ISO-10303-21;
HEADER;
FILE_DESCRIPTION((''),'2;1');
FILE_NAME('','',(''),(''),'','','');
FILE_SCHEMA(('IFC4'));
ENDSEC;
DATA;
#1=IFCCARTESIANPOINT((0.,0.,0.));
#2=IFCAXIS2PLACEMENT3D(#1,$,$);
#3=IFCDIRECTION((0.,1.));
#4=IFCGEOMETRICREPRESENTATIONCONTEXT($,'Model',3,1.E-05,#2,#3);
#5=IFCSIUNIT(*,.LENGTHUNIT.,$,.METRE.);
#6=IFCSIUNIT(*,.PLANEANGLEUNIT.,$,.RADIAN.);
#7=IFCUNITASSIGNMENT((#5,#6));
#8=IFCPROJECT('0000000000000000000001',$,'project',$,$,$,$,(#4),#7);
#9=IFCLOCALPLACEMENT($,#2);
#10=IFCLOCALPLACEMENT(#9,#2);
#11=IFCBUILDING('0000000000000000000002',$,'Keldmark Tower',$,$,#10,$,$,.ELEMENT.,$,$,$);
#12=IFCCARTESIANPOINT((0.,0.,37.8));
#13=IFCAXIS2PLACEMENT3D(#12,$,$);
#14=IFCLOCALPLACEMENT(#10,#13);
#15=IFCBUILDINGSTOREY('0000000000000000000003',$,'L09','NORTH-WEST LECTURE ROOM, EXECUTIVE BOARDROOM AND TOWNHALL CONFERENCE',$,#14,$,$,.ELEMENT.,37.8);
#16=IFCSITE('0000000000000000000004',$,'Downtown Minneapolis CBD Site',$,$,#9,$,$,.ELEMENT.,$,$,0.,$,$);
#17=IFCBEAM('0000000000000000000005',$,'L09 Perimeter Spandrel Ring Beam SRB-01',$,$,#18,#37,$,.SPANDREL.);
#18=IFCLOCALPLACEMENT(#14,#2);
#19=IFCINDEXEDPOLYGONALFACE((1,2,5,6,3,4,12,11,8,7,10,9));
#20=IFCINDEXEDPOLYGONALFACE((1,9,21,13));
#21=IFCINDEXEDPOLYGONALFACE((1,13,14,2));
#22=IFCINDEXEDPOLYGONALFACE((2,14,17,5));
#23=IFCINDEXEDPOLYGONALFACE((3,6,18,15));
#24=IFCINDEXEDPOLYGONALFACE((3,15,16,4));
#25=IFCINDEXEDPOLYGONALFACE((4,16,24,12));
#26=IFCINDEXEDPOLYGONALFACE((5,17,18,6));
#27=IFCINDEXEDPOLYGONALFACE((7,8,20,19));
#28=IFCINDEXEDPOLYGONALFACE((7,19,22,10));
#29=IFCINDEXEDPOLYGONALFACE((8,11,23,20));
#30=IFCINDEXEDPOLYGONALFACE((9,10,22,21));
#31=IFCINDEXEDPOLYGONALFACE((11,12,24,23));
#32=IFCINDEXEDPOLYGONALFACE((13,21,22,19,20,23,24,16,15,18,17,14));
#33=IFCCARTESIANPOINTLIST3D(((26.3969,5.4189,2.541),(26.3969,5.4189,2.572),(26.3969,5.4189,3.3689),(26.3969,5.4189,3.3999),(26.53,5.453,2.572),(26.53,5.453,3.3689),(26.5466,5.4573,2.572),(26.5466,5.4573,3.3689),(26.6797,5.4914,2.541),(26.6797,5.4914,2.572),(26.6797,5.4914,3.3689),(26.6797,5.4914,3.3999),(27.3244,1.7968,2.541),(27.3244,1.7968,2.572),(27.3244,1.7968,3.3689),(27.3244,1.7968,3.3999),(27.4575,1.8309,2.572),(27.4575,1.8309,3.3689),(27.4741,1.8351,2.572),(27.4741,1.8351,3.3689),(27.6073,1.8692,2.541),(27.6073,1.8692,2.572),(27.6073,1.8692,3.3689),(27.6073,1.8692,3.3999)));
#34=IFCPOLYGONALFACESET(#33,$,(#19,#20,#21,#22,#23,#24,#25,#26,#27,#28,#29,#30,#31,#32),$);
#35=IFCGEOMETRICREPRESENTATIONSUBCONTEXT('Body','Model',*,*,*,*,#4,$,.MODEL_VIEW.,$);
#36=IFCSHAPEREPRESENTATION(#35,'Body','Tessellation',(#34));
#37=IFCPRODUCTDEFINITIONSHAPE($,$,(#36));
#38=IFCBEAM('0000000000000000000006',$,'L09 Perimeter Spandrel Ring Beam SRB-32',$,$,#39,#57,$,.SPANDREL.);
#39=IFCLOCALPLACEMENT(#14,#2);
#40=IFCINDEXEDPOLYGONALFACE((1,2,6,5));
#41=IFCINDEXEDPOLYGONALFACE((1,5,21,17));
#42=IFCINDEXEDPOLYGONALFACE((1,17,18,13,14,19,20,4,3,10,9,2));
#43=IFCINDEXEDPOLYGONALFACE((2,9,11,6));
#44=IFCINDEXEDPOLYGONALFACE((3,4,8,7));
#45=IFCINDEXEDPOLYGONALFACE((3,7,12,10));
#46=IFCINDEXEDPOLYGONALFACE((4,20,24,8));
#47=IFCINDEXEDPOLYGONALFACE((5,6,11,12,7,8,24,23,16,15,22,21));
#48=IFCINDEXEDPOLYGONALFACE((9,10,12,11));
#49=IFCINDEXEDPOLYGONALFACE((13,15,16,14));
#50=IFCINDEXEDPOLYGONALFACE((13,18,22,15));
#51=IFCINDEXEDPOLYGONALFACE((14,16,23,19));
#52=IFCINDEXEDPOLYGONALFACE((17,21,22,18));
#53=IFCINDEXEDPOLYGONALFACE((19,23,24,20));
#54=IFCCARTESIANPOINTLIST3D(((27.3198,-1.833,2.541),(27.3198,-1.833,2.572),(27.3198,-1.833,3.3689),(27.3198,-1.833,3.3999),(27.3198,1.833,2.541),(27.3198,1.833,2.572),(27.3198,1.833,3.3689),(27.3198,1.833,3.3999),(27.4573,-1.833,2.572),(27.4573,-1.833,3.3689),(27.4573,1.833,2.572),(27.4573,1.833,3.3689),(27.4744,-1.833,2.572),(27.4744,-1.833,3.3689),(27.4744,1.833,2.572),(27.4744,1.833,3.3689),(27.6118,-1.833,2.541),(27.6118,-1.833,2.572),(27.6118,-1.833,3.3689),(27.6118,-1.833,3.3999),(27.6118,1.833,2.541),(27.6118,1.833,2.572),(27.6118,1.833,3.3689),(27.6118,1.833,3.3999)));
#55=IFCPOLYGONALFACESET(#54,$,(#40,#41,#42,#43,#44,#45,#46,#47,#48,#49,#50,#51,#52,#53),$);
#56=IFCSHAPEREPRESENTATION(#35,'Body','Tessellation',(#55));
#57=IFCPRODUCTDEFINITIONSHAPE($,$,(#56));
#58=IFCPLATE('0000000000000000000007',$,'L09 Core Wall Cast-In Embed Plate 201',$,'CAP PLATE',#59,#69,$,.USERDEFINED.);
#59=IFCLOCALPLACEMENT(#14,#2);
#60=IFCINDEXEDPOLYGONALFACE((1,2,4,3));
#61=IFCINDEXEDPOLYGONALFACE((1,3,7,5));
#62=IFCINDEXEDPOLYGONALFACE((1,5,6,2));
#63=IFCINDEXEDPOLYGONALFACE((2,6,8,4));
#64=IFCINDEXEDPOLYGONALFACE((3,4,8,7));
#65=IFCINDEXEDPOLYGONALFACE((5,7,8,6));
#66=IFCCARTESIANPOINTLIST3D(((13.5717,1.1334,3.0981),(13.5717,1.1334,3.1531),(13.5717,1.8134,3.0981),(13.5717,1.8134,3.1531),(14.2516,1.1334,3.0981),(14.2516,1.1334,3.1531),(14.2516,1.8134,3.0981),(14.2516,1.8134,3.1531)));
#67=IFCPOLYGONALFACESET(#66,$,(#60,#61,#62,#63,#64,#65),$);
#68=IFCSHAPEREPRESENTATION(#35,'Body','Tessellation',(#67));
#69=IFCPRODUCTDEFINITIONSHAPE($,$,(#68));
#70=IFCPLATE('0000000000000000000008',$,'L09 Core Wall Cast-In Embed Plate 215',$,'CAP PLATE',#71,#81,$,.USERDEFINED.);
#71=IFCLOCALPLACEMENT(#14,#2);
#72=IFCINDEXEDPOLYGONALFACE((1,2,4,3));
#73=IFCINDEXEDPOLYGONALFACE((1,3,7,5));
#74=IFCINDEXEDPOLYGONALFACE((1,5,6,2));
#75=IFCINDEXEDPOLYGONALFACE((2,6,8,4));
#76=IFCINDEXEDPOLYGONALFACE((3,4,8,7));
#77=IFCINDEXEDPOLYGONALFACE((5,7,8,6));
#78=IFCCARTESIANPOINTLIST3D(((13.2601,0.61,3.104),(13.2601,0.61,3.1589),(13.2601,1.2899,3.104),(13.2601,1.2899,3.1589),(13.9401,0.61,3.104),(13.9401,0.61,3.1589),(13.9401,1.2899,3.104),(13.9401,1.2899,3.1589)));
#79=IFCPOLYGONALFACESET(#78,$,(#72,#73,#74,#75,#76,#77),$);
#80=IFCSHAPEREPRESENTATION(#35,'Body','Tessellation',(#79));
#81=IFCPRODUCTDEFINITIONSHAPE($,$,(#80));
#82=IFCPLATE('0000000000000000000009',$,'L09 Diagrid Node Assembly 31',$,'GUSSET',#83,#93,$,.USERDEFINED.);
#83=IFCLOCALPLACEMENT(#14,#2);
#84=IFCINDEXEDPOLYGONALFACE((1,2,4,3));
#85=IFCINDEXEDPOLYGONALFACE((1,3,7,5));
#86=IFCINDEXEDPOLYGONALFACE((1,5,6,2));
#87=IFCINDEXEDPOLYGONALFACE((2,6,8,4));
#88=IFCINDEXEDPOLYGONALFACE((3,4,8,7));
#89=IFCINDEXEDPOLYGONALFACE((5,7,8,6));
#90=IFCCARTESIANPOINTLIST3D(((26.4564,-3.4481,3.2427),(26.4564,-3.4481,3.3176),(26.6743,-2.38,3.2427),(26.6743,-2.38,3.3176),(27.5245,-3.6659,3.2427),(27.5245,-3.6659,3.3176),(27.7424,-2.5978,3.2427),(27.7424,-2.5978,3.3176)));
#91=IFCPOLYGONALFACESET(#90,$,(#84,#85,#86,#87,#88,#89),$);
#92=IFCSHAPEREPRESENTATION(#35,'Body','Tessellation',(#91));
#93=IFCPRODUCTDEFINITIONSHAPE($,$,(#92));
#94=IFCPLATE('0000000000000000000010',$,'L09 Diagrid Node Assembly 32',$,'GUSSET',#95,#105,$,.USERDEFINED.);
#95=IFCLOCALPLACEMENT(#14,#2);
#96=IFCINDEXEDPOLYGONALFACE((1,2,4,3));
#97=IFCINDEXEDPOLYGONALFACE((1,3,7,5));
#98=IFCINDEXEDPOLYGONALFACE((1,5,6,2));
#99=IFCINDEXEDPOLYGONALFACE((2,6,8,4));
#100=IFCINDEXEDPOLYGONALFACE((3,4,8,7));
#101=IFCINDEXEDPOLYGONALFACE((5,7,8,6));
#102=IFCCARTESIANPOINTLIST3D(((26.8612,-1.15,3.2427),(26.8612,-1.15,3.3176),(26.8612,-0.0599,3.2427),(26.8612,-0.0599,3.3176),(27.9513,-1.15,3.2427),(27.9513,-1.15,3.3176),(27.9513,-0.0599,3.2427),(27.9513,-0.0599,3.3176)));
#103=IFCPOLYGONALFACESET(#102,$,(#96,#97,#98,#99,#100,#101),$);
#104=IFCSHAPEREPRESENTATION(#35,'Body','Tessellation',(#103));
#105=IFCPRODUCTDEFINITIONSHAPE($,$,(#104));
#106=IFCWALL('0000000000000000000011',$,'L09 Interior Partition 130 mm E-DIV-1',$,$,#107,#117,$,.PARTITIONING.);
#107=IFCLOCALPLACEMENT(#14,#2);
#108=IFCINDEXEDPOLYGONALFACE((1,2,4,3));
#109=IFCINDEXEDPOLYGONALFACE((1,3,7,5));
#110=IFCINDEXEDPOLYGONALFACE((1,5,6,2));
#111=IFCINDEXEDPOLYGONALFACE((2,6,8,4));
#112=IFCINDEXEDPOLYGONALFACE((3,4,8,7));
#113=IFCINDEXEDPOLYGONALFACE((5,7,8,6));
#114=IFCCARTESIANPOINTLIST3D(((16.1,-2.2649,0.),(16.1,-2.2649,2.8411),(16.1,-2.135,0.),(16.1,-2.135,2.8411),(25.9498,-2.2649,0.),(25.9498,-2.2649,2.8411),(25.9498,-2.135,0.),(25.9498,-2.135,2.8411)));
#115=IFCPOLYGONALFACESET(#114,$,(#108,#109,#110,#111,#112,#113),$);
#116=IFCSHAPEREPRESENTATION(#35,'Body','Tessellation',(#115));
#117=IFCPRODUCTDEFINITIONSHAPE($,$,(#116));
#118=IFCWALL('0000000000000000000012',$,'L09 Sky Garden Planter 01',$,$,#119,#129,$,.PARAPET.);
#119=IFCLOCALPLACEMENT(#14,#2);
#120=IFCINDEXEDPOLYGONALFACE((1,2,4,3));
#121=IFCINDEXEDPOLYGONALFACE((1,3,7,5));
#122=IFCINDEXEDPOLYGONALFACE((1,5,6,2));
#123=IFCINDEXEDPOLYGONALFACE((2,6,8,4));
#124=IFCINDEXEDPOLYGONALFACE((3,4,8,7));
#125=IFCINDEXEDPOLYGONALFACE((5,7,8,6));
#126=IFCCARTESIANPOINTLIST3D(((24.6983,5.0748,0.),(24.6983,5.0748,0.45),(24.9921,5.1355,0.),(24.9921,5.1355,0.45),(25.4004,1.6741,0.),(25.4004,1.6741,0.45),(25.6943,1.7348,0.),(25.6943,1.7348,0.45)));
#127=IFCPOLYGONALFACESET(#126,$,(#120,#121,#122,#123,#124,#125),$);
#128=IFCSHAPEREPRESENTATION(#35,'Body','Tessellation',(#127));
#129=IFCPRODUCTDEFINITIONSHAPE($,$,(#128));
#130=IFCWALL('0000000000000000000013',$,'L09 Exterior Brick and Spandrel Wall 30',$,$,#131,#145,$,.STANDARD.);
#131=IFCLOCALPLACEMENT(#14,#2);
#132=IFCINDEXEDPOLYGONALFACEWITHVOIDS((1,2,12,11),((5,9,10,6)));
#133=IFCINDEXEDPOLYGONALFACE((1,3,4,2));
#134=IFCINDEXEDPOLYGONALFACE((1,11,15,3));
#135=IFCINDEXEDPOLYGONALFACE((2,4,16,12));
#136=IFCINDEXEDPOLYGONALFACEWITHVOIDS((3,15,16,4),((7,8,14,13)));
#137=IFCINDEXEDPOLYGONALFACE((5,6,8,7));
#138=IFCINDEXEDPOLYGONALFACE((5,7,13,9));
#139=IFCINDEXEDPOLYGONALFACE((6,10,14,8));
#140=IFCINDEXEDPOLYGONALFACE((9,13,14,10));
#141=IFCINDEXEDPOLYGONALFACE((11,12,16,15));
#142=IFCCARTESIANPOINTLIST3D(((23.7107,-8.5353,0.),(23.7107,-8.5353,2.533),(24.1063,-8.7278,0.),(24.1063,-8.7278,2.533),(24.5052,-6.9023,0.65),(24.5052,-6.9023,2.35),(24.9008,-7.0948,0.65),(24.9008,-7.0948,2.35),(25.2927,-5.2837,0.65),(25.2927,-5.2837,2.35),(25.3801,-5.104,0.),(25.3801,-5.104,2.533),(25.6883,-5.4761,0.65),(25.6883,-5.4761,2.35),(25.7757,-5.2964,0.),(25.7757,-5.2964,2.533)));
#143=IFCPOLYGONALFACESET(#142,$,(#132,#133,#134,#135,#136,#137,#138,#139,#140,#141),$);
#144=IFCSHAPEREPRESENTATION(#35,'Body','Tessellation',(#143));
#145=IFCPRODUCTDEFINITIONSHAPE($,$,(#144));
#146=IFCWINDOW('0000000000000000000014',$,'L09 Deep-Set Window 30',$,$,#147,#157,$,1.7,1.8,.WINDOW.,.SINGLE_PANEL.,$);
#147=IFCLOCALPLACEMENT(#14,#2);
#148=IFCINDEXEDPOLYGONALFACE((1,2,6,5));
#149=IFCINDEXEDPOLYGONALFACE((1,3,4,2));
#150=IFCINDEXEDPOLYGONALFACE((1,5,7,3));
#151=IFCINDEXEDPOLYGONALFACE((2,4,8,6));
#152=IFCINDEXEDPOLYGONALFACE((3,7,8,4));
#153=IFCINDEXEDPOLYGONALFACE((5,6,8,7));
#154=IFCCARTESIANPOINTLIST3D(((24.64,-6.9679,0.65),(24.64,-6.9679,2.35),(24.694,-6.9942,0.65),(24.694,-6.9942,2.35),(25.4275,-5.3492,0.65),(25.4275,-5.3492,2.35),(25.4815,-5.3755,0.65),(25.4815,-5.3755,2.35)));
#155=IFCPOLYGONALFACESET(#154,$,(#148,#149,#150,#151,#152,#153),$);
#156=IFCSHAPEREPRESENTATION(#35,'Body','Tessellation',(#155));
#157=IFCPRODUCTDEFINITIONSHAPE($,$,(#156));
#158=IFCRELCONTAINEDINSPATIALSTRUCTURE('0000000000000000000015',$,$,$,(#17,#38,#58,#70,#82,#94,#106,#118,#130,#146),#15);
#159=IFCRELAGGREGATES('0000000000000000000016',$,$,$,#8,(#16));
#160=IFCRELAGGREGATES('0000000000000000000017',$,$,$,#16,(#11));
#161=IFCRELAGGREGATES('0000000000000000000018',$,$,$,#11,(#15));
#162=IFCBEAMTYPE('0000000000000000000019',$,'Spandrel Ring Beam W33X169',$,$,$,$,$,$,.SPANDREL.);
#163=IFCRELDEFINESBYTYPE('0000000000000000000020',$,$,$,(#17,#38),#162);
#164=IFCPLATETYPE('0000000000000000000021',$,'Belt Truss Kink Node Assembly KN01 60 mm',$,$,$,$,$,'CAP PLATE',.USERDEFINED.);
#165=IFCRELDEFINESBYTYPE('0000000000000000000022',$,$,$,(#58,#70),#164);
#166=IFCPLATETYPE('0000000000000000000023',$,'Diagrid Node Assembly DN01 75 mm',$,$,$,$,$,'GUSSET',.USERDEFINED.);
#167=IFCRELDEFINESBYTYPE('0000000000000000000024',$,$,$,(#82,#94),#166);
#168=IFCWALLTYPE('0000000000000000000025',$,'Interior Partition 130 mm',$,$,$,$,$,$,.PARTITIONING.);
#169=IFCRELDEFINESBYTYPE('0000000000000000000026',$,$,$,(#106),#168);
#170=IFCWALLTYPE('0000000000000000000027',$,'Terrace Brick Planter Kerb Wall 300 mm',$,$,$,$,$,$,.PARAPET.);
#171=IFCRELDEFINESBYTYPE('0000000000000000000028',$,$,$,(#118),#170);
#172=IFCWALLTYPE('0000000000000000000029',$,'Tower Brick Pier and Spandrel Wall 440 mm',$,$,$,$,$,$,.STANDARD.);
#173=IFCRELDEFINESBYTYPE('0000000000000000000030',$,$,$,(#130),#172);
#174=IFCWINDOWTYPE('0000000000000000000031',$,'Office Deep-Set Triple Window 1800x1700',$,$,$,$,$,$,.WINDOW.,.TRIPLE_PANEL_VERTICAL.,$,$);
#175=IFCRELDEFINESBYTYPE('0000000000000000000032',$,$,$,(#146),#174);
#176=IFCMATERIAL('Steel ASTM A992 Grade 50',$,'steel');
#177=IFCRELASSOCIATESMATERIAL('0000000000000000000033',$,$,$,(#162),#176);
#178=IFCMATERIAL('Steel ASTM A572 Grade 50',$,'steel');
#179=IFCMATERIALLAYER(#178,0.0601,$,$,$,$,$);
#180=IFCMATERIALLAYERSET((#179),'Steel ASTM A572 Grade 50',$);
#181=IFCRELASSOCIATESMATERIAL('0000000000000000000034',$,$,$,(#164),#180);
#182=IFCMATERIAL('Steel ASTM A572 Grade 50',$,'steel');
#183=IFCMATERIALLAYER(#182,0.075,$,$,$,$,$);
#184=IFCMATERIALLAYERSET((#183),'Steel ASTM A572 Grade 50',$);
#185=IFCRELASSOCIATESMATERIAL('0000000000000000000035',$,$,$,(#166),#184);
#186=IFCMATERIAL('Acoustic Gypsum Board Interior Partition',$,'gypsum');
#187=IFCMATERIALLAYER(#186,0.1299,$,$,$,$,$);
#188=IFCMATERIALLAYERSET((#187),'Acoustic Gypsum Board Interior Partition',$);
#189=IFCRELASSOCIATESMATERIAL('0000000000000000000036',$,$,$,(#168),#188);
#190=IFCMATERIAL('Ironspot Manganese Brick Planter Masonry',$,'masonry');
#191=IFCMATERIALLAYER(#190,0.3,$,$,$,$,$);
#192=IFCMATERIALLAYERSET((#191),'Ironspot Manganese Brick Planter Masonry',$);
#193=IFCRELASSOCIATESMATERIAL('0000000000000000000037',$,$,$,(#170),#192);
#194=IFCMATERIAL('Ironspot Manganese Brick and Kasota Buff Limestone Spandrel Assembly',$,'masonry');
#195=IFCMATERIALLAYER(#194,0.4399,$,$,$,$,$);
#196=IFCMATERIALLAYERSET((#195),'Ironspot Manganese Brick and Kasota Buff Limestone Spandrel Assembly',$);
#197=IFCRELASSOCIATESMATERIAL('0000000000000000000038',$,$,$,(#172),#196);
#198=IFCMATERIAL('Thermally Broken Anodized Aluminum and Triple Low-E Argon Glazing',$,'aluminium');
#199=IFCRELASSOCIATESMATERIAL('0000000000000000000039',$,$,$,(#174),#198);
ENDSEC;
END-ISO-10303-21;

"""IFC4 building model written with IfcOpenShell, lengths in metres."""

from ifc_helpers import new_model, si_unit, direction, frame, frame_2d, origin, origin_2d, place, context, subcontext, project, spatial, rectangle, i_section, extrude, material, layer, layer_set, material_profile, profile_set, type_object, element, fill, save


model = new_model("IFC4")

# Units and contexts
model_context = context("Model", 3, precision=1e-05, world=origin(), true_north=direction((0.0, 1.0)))
body_context = subcontext(model_context, "Body", "Model", "MODEL_VIEW")
ifc_project = project(units=[si_unit("LENGTHUNIT", "METRE"), si_unit("PLANEANGLEUNIT", "RADIAN")], contexts=[model_context])

# Site, building, storey
site_placement = place(None, origin())
site = spatial("IfcSite", under=ifc_project, at=site_placement, Name="Downtown Minneapolis CBD Site", CompositionType="ELEMENT", RefElevation=0.0)
building_placement = place(site_placement, origin())
building = spatial("IfcBuilding", under=site, at=building_placement, Name="Keldmark Tower", CompositionType="ELEMENT")
storey_placement = place(building_placement, frame((0.0, 0.0, 37.8)))
storey = spatial("IfcBuildingStorey", under=building, at=storey_placement, Name="L09", Description="NORTH-WEST LECTURE ROOM, EXECUTIVE BOARDROOM AND TOWNHALL CONFERENCE", CompositionType="ELEMENT", Elevation=37.8)

# Beams
ifc_material_1 = material(Name="Steel ASTM A992 Grade 50", Category="steel")
ifc_material_profile_1 = material_profile(ifc_material_1, i_section(OverallWidth=0.292, OverallDepth=0.8589, WebThickness=0.0171, FlangeThickness=0.031, at=origin_2d()), Name="W33X169")
ifc_profile_set_1 = profile_set([ifc_material_profile_1], Name="Steel ASTM A992 Grade 50")
beam_type_1 = type_object("IfcBeamType", Name="Spandrel Ring Beam W33X169", PredefinedType="SPANDREL", material=ifc_profile_set_1)
beam_1_placement = place(storey_placement, frame((27.4658, 1.833, 2.9705), z_axis=(-0.248063, 0.968744, 0.0), x_axis=(-0.968744, -0.248063, 0.0)))
element("IfcBeam", 1, at=beam_1_placement, inside=storey, type_object=beam_type_1, Name="L09 Perimeter Spandrel Ring Beam SRB-01", PredefinedType="SPANDREL", context=body_context, shape_type="SweptSolid", body=[
    extrude(i_section(OverallWidth=0.292, OverallDepth=0.8589, WebThickness=0.0171, FlangeThickness=0.031, at=origin_2d()), origin(), (0.0, 0.0, 1.0), 3.739),
])
beam_2_placement = place(storey_placement, frame((27.4658, -1.833, 2.9705), z_axis=(0.0, 1.0, 0.0), x_axis=(-1.0, 0.0, 0.0)))
element("IfcBeam", 2, at=beam_2_placement, inside=storey, type_object=beam_type_1, Name="L09 Perimeter Spandrel Ring Beam SRB-32", PredefinedType="SPANDREL", context=body_context, shape_type="SweptSolid", body=[
    extrude(i_section(OverallWidth=0.292, OverallDepth=0.8589, WebThickness=0.0171, FlangeThickness=0.031, at=origin_2d()), origin(), (0.0, 0.0, 1.0), 3.666),
])

# Plates
ifc_material_2 = material(Name="Steel ASTM A572 Grade 50", Category="steel")
ifc_layer_1 = layer(ifc_material_2, 0.0601)
ifc_layer_set_1 = layer_set([ifc_layer_1], Name="Steel ASTM A572 Grade 50")
plate_type_1 = type_object("IfcPlateType", Name="Belt Truss Kink Node Assembly KN01 60 mm", ElementType="CAP PLATE", PredefinedType="USERDEFINED", material=ifc_layer_set_1)
for number, where, z_axis, x_axis, name in (
    (3, (13.9116, 1.4734, 3.0981), (0.0, 0.0, 1.0), (1.0, 0.0, 0.0), "L09 Core Wall Cast-In Embed Plate 201"),
    (4, (13.6001, 0.95, 3.104), (0.0, 0.0, 1.0), (1.0, 0.0, 0.0), "L09 Core Wall Cast-In Embed Plate 215"),
):
    element("IfcPlate", number, at=place(storey_placement, frame(where, z_axis=z_axis, x_axis=x_axis)), inside=storey, type_object=plate_type_1, Name=name, ObjectType="CAP PLATE", PredefinedType="USERDEFINED", context=body_context, shape_type="SweptSolid", body=[
        extrude(rectangle(XDim=0.6799, YDim=0.6799, at=origin_2d()), origin(), (0.0, 0.0, 1.0), 0.0549),
    ])
ifc_material_3 = material(Name="Steel ASTM A572 Grade 50", Category="steel")
ifc_layer_2 = layer(ifc_material_3, 0.075)
ifc_layer_set_2 = layer_set([ifc_layer_2], Name="Steel ASTM A572 Grade 50")
plate_type_2 = type_object("IfcPlateType", Name="Diagrid Node Assembly DN01 75 mm", ElementType="GUSSET", PredefinedType="USERDEFINED", material=ifc_layer_set_2)
for number, where, z_axis, x_axis, name in (
    (5, (27.0994, -3.0229, 3.2427), (0.0, 0.0, 1.0), (0.199881, 0.97982, 0.0), "L09 Diagrid Node Assembly 31"),
    (6, (27.4062, -0.605, 3.2427), (0.0, 0.0, 1.0), (0.0, 1.0, 0.0), "L09 Diagrid Node Assembly 32"),
):
    element("IfcPlate", number, at=place(storey_placement, frame(where, z_axis=z_axis, x_axis=x_axis)), inside=storey, type_object=plate_type_2, Name=name, ObjectType="GUSSET", PredefinedType="USERDEFINED", context=body_context, shape_type="SweptSolid", body=[
        extrude(rectangle(XDim=1.0901, YDim=1.0901, at=origin_2d()), origin(), (0.0, 0.0, 1.0), 0.075),
    ])

# Wall
ifc_material_4 = material(Name="Acoustic Gypsum Board Interior Partition", Category="gypsum")
ifc_layer_3 = layer(ifc_material_4, 0.1299)
ifc_layer_set_3 = layer_set([ifc_layer_3], Name="Acoustic Gypsum Board Interior Partition")
wall_type_1 = type_object("IfcWallType", Name="Interior Partition 130 mm", PredefinedType="PARTITIONING", material=ifc_layer_set_3)
wall_1_placement = place(storey_placement, frame((16.1001, -2.2, 0.0), z_axis=(0.0, 0.0, 1.0), x_axis=(1.0, 0.0, 0.0)))
element("IfcWall", 7, at=wall_1_placement, inside=storey, type_object=wall_type_1, Name="L09 Interior Partition 130 mm E-DIV-1", PredefinedType="PARTITIONING", context=body_context, shape_type="SweptSolid", body=[
    extrude(rectangle(XDim=9.8499, YDim=0.1299, at=frame_2d((4.9248, 0.0))), origin(), (0.0, 0.0, 1.0), 2.8411),
])

# Wall
ifc_material_5 = material(Name="Ironspot Manganese Brick Planter Masonry", Category="masonry")
ifc_layer_4 = layer(ifc_material_5, 0.3)
ifc_layer_set_4 = layer_set([ifc_layer_4], Name="Ironspot Manganese Brick Planter Masonry")
wall_type_2 = type_object("IfcWallType", Name="Terrace Brick Planter Kerb Wall 300 mm", PredefinedType="PARAPET", material=ifc_layer_set_4)
wall_2_placement = place(storey_placement, frame((25.5474, 1.7043, 0.0), z_axis=(0.0, 0.0, 1.0), x_axis=(-0.20221, 0.979342, 0.0)))
element("IfcWall", 8, at=wall_2_placement, inside=storey, type_object=wall_type_2, Name="L09 Sky Garden Planter 01", PredefinedType="PARAPET", context=body_context, shape_type="SweptSolid", body=[
    extrude(rectangle(XDim=3.4724, YDim=0.3, at=frame_2d((1.7363, 0.0))), origin(), (0.0, 0.0, 1.0), 0.45),
])

# Wall, opening, window
ifc_material_6 = material(Name="Ironspot Manganese Brick and Kasota Buff Limestone Spandrel Assembly", Category="masonry")
ifc_layer_5 = layer(ifc_material_6, 0.4399)
ifc_layer_set_5 = layer_set([ifc_layer_5], Name="Ironspot Manganese Brick and Kasota Buff Limestone Spandrel Assembly")
wall_type_3 = type_object("IfcWallType", Name="Tower Brick Pier and Spandrel Wall 440 mm", PredefinedType="STANDARD", material=ifc_layer_set_5)
wall_3_placement = place(storey_placement, frame((25.5779, -5.2002, 0.0), z_axis=(0.0, 0.0, 1.0), x_axis=(-0.437488, -0.899224, 0.0)))
wall_3 = element("IfcWall", 9, at=wall_3_placement, inside=storey, type_object=wall_type_3, Name="L09 Exterior Brick and Spandrel Wall 30", PredefinedType="STANDARD", context=body_context, shape_type="SweptSolid", body=[
    extrude(rectangle(XDim=3.8159, YDim=0.4399, at=frame_2d((1.908, 0.0))), origin(), (0.0, 0.0, 1.0), 2.533),
])
opening_1_placement = place(wall_3_placement, frame((0.2, 0.0, 0.6499)))
opening_1 = element("IfcOpeningElement", 10, at=opening_1_placement, cuts=wall_3, PredefinedType="OPENING", context=body_context, shape_type="SweptSolid", body=[
    extrude(rectangle(XDim=1.8, YDim=1.7, at=frame_2d((0.8999, 0.8501))), frame((0.0, 0.23, 0.0), z_axis=(0.0, -1.0, 0.0), x_axis=(1.0, 0.0, 0.0)), (0.0, 0.0, 1.0), 0.46),
])
ifc_material_7 = material(Name="Thermally Broken Anodized Aluminum and Triple Low-E Argon Glazing", Category="aluminium")
window_type = type_object("IfcWindowType", Name="Office Deep-Set Triple Window 1800x1700", PartitioningType="TRIPLE_PANEL_VERTICAL", PredefinedType="WINDOW", material=ifc_material_7)
window_1_placement = place(opening_1_placement, origin())
window_1 = element("IfcWindow", 11, at=window_1_placement, inside=storey, type_object=window_type, Name="L09 Deep-Set Window 30", OverallHeight=1.7, OverallWidth=1.8, PartitioningType="SINGLE_PANEL", PredefinedType="WINDOW", context=body_context, shape_type="SweptSolid", body=[
    extrude(rectangle(XDim=1.8, YDim=1.7, at=frame_2d((0.8999, 0.8501))), frame((0.0, -0.01, 0.0), z_axis=(0.0, -1.0, 0.0), x_axis=(1.0, 0.0, 0.0)), (0.0, 0.0, 1.0), 0.0601),
])
fill(opening_1, window_1)

save(model, "model.ifc")
